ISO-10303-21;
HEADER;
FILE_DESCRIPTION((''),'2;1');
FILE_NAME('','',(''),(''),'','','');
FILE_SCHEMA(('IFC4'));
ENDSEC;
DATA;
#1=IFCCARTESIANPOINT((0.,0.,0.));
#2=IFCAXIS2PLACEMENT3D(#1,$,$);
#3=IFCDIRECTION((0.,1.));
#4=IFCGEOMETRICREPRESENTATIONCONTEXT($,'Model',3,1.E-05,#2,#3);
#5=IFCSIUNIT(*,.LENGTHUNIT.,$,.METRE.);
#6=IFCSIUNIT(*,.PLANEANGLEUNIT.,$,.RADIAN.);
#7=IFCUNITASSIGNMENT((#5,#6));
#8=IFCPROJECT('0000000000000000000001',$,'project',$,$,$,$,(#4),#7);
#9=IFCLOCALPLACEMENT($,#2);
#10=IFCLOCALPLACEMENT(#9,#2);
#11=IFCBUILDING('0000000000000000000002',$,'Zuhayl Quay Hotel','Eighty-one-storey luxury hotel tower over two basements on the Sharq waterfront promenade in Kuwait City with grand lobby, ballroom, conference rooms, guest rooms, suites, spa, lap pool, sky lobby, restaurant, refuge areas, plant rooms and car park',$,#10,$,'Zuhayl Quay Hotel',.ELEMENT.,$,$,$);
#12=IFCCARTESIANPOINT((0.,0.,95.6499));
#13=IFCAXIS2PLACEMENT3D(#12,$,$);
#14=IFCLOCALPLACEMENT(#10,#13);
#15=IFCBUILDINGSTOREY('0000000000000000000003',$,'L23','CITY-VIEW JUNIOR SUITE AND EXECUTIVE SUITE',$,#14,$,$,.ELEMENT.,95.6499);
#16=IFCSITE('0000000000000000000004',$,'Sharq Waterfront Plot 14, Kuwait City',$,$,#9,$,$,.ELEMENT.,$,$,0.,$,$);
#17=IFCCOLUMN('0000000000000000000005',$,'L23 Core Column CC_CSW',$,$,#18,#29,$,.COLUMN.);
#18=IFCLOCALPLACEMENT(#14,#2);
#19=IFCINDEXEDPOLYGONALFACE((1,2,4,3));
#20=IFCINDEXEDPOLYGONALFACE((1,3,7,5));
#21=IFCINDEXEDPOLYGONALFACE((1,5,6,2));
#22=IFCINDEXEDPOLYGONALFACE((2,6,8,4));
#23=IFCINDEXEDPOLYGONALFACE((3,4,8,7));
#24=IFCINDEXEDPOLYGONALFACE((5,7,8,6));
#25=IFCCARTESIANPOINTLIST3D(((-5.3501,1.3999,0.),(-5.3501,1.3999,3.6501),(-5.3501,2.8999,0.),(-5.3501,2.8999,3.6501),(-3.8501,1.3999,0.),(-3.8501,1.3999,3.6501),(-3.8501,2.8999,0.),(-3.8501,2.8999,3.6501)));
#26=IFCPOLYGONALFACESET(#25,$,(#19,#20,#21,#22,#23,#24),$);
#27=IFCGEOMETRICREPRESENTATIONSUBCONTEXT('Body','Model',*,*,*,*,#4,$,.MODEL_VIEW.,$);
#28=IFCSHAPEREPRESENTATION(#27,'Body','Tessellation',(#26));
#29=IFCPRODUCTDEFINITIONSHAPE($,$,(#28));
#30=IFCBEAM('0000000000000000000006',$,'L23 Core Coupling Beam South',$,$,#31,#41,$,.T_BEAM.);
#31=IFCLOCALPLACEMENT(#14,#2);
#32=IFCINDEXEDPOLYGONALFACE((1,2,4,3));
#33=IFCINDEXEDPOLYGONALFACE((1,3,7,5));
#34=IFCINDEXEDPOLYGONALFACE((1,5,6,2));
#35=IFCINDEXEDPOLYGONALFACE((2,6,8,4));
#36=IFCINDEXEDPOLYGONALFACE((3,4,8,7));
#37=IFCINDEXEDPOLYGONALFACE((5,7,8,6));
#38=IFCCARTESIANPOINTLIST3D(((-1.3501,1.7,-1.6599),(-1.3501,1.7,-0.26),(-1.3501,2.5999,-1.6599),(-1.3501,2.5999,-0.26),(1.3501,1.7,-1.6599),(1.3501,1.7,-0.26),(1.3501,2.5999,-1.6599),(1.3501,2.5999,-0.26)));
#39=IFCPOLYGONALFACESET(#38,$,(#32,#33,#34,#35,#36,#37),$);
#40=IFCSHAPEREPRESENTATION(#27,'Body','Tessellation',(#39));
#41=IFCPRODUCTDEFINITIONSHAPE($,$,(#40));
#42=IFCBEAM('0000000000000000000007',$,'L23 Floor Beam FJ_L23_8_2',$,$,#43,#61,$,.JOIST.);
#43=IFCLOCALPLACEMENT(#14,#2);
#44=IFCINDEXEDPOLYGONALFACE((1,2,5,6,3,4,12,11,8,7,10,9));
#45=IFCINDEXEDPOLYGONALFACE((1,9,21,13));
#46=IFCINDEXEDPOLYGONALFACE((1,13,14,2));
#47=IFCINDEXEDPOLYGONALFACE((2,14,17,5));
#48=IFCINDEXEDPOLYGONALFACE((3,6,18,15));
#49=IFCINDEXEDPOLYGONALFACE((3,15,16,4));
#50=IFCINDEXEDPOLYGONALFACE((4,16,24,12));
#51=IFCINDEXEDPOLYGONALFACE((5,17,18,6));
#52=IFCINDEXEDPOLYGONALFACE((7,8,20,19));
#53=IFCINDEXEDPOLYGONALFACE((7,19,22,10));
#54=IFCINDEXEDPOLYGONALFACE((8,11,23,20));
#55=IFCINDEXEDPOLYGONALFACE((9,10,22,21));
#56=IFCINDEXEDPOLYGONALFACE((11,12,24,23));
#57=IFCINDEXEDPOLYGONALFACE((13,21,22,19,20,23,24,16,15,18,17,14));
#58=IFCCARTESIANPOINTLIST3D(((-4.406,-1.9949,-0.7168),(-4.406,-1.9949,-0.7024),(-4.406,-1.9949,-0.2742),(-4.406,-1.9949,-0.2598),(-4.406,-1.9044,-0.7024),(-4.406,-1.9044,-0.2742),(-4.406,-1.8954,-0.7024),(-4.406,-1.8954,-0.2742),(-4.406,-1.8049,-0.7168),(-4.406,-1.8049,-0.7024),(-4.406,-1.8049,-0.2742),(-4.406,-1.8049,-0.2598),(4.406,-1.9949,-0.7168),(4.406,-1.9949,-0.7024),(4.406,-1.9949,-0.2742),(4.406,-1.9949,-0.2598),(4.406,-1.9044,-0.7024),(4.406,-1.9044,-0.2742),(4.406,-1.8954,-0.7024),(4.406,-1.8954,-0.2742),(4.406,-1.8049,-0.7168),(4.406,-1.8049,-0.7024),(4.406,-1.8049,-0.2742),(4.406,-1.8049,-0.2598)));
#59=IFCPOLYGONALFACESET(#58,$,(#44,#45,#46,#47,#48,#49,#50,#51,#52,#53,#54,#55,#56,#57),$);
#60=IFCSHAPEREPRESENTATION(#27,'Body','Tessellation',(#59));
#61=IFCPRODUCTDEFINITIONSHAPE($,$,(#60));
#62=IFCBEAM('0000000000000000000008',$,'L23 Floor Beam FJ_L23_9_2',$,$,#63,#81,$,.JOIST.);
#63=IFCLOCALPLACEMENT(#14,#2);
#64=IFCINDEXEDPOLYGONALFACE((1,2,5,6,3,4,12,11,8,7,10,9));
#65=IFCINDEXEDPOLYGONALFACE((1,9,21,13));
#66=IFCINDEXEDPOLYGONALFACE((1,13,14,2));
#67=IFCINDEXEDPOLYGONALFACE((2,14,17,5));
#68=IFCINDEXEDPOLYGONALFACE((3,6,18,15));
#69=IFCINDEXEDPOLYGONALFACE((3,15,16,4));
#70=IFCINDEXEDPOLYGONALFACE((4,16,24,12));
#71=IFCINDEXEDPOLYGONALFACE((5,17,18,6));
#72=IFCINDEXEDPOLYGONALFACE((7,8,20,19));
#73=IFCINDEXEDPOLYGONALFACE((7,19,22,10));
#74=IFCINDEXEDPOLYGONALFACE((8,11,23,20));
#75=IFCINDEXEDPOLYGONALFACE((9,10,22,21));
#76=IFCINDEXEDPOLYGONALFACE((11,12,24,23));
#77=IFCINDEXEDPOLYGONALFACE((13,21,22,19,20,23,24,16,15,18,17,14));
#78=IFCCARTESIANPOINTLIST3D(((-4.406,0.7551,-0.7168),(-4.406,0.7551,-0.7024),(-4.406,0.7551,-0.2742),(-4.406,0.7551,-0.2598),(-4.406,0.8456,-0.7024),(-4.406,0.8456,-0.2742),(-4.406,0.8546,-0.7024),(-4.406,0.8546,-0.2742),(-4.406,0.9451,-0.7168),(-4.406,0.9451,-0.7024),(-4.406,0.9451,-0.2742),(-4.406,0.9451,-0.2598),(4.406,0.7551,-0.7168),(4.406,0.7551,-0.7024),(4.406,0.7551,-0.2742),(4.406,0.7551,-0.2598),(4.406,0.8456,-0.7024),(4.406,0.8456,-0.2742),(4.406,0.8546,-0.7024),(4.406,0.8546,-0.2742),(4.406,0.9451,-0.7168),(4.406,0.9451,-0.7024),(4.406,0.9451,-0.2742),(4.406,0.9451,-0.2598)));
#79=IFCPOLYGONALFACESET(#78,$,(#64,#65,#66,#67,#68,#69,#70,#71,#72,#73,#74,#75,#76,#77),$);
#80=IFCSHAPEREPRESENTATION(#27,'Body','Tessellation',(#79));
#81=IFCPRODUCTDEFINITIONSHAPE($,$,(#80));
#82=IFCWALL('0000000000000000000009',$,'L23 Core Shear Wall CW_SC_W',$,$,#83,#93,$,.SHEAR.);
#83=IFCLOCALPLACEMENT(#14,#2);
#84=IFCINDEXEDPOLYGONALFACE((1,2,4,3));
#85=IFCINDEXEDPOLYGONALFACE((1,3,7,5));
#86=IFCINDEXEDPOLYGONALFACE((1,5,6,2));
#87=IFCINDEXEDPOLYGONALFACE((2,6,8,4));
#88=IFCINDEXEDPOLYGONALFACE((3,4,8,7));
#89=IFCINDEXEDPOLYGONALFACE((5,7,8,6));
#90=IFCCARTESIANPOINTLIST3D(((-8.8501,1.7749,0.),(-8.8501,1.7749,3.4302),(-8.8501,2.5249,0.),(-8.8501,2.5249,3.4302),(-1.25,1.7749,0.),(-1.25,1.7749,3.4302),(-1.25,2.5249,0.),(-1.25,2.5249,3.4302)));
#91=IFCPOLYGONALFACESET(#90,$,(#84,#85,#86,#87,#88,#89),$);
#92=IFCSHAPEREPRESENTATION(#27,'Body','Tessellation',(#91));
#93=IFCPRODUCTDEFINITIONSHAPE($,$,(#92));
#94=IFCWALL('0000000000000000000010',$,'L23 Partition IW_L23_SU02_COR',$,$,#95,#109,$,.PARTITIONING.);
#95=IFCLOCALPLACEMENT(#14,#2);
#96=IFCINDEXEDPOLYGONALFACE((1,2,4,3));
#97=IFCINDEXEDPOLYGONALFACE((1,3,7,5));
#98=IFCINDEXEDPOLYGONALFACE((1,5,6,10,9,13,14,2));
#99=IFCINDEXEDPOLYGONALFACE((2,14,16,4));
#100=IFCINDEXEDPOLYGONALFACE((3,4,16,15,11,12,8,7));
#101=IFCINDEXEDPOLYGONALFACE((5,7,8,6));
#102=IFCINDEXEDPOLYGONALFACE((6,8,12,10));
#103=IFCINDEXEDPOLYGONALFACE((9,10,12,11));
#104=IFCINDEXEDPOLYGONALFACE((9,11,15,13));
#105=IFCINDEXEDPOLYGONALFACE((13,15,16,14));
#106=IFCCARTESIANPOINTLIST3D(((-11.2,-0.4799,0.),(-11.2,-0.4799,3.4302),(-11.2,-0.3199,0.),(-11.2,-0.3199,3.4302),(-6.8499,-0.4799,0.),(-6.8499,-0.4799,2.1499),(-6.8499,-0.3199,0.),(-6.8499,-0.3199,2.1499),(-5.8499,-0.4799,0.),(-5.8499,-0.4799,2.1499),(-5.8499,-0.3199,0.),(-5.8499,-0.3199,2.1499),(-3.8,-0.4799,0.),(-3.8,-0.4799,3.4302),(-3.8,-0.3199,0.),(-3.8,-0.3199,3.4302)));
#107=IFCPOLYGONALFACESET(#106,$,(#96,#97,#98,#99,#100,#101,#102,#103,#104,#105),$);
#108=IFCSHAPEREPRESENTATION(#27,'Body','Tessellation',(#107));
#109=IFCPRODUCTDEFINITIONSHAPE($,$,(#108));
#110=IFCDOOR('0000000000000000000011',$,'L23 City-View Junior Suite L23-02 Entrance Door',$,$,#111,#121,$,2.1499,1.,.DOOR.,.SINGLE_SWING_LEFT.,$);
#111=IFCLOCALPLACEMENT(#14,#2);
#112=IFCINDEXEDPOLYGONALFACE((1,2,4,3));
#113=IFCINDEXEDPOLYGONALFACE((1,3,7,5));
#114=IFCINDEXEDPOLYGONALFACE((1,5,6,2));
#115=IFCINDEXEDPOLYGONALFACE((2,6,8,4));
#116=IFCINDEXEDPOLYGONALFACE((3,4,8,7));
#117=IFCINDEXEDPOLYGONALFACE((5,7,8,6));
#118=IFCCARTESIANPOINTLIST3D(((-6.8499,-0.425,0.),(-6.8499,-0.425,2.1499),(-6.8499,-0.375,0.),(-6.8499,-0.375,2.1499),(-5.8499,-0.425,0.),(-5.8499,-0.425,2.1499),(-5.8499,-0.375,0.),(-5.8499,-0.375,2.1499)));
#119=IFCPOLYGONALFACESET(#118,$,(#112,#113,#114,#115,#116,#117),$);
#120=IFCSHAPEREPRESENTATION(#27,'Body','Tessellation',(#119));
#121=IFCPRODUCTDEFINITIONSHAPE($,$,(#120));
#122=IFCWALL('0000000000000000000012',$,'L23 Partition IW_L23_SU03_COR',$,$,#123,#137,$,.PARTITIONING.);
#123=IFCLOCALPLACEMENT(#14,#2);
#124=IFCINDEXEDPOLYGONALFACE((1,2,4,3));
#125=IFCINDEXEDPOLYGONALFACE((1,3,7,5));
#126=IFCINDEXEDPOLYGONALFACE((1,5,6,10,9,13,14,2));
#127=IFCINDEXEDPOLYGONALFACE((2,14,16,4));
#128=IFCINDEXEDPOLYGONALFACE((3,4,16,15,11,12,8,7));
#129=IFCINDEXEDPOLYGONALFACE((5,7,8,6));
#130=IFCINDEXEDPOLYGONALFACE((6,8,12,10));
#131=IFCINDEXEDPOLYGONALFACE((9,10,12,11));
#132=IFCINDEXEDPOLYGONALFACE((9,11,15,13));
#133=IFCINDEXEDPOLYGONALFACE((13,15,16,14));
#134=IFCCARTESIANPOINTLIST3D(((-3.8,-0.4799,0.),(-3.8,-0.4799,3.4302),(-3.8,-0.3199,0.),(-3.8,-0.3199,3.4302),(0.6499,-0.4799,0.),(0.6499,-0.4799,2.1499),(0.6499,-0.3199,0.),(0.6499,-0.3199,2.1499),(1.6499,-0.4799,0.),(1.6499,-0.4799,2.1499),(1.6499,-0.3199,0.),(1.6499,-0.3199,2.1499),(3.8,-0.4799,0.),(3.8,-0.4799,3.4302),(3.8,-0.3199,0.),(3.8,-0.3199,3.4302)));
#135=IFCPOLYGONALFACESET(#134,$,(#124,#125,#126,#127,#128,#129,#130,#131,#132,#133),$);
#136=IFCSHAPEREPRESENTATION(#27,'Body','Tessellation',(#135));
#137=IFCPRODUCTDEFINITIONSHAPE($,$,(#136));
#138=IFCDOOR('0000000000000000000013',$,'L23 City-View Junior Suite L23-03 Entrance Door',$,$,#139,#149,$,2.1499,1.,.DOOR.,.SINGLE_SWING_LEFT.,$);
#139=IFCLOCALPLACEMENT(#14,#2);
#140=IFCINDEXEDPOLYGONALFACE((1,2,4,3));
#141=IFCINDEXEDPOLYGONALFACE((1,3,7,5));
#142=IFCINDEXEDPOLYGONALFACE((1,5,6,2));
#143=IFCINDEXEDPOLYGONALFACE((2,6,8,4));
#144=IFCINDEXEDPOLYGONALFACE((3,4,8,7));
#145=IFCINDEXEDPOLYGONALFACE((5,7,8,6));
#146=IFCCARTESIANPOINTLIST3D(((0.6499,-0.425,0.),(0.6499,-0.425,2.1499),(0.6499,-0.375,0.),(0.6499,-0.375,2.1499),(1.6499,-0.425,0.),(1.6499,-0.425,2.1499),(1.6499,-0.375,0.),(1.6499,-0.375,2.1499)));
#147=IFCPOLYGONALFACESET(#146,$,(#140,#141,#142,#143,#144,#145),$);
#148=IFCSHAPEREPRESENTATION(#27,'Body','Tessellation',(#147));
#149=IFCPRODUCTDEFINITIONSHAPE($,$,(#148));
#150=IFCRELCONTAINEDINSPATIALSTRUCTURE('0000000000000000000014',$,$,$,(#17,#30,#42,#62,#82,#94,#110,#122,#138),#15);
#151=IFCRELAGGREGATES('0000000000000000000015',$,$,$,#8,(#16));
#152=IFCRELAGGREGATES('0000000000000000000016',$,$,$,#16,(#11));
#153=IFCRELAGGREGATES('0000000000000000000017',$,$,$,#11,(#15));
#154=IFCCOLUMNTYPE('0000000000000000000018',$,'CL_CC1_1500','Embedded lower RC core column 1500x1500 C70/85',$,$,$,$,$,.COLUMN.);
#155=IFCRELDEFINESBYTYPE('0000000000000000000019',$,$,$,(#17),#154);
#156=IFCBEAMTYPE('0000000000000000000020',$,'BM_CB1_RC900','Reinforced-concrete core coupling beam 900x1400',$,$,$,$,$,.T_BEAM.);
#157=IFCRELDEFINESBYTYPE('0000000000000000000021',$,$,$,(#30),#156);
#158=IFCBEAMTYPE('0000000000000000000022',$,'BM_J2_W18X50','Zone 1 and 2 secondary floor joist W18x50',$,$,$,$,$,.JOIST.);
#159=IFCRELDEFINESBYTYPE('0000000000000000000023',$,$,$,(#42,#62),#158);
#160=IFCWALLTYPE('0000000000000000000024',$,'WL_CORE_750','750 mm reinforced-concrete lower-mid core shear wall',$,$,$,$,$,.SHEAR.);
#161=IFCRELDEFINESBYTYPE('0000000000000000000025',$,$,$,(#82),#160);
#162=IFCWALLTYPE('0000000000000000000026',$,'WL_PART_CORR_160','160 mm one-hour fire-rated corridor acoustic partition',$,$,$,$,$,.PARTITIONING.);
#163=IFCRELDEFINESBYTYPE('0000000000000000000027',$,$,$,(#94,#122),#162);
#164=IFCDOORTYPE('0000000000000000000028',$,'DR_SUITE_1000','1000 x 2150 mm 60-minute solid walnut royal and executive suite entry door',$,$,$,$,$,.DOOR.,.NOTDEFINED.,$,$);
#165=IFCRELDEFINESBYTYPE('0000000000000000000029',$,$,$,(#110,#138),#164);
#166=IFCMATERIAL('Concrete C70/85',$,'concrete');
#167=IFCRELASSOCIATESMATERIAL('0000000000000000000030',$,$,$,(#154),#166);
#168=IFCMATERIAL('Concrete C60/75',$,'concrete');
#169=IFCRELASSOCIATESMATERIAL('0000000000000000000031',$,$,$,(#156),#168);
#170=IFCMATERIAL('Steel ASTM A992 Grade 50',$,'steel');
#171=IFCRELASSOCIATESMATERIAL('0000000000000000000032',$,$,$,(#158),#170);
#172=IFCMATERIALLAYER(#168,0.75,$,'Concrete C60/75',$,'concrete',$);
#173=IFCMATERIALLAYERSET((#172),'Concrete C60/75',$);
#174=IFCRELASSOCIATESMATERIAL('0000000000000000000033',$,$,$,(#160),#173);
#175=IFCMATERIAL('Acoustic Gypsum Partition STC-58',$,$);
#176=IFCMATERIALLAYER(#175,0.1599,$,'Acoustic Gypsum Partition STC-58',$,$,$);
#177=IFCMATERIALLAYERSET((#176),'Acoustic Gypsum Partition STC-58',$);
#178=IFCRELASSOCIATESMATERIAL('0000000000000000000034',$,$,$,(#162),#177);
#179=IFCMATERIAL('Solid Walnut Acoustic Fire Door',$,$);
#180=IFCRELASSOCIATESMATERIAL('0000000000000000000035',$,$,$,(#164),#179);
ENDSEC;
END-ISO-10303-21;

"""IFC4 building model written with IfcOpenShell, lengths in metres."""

from ifc_helpers import new_model, si_unit, direction, frame, frame_2d, origin, origin_2d, place, context, subcontext, project, spatial, rectangle, i_section, extrude, material, layer, layer_set, material_profile, profile_set, type_object, element, fill, save


model = new_model("IFC4")

# Units and contexts
model_context = context("Model", 3, precision=1e-05, world=origin(), true_north=direction((0.0, 1.0)))
body_context = subcontext(model_context, "Body", "Model", "MODEL_VIEW")
ifc_project = project(units=[si_unit("LENGTHUNIT", "METRE"), si_unit("PLANEANGLEUNIT", "RADIAN")], contexts=[model_context])

# Site, building, storey
site_placement = place(None, origin())
site = spatial("IfcSite", under=ifc_project, at=site_placement, Name="Sharq Waterfront Plot 14, Kuwait City", CompositionType="ELEMENT", RefElevation=0.0)
building_placement = place(site_placement, origin())
building = spatial("IfcBuilding", under=site, at=building_placement, Name="Zuhayl Quay Hotel", Description="Eighty-one-storey luxury hotel tower over two basements on the Sharq waterfront promenade in Kuwait City with grand lobby, ballroom, conference rooms, guest rooms, suites, spa, lap pool, sky lobby, restaurant, refuge areas, plant rooms and car park", LongName="Zuhayl Quay Hotel", CompositionType="ELEMENT")
storey_placement = place(building_placement, frame((0.0, 0.0, 95.6499)))
storey = spatial("IfcBuildingStorey", under=building, at=storey_placement, Name="L23", Description="CITY-VIEW JUNIOR SUITE AND EXECUTIVE SUITE", CompositionType="ELEMENT", Elevation=95.6499)

# Column
ifc_material_1 = material(Name="Concrete C70/85", Category="concrete")
ifc_material_profile_1 = material_profile(ifc_material_1, rectangle(XDim=1.5, YDim=1.5, at=origin_2d()), Name="RC1500X1500")
ifc_profile_set_1 = profile_set([ifc_material_profile_1], Name="Concrete C70/85")
column_type = type_object("IfcColumnType", Name="CL_CC1_1500", Description="Embedded lower RC core column 1500x1500 C70/85", PredefinedType="COLUMN", material=ifc_profile_set_1)
column_placement = place(storey_placement, frame((-4.6001, 2.1499, 0.0), z_axis=(0.0, 0.0, 1.0), x_axis=(1.0, 0.0, 0.0)))
element("IfcColumn", 1, at=column_placement, inside=storey, type_object=column_type, Name="L23 Core Column CC_CSW", PredefinedType="COLUMN", context=body_context, shape_type="SweptSolid", body=[
    extrude(rectangle(XDim=1.5, YDim=1.5, at=origin_2d()), origin(), (0.0, 0.0, 1.0), 3.6501),
])

# Beams
ifc_material_2 = material(Name="Concrete C60/75", Category="concrete")
ifc_material_profile_2 = material_profile(ifc_material_2, rectangle(XDim=0.8999, YDim=1.3999, at=origin_2d()), Name="RC900X1400")
ifc_profile_set_2 = profile_set([ifc_material_profile_2], Name="Concrete C60/75")
beam_type_1 = type_object("IfcBeamType", Name="BM_CB1_RC900", Description="Reinforced-concrete core coupling beam 900x1400", PredefinedType="T_BEAM", material=ifc_profile_set_2)
beam_placement = place(storey_placement, frame((-1.3501, 2.1499, -0.96), z_axis=(1.0, 0.0, 0.0), x_axis=(0.0, 1.0, 0.0)))
element("IfcBeam", 2, at=beam_placement, inside=storey, type_object=beam_type_1, Name="L23 Core Coupling Beam South", PredefinedType="T_BEAM", context=body_context, shape_type="SweptSolid", body=[
    extrude(rectangle(XDim=0.8999, YDim=1.3999, at=origin_2d()), origin(), (0.0, 0.0, 1.0), 2.7002),
])
ifc_material_3 = material(Name="Steel ASTM A992 Grade 50", Category="steel")
ifc_material_profile_3 = material_profile(ifc_material_3, i_section(OverallWidth=0.1899, OverallDepth=0.457, WebThickness=0.009, FlangeThickness=0.0144, at=origin_2d()), Name="W18X50")
ifc_profile_set_3 = profile_set([ifc_material_profile_3], Name="Steel ASTM A992 Grade 50")
beam_type_2 = type_object("IfcBeamType", Name="BM_J2_W18X50", Description="Zone 1 and 2 secondary floor joist W18x50", PredefinedType="JOIST", material=ifc_profile_set_3)
for number, where, z_axis, x_axis, name in (
    (3, (-4.406, -1.8999, -0.4883), (1.0, 0.0, 0.0), (0.0, 1.0, 0.0), "L23 Floor Beam FJ_L23_8_2"),
    (4, (-4.406, 0.8501, -0.4883), (1.0, 0.0, 0.0), (0.0, 1.0, 0.0), "L23 Floor Beam FJ_L23_9_2"),
):
    element("IfcBeam", number, at=place(storey_placement, frame(where, z_axis=z_axis, x_axis=x_axis)), inside=storey, type_object=beam_type_2, Name=name, PredefinedType="JOIST", context=body_context, shape_type="SweptSolid", body=[
        extrude(i_section(OverallWidth=0.1899, OverallDepth=0.457, WebThickness=0.009, FlangeThickness=0.0144, at=origin_2d()), origin(), (0.0, 0.0, 1.0), 8.812),
    ])

# Wall
ifc_layer_1 = layer(ifc_material_2, 0.75, Name="Concrete C60/75", Category="concrete")
ifc_layer_set_1 = layer_set([ifc_layer_1], Name="Concrete C60/75")
wall_type_1 = type_object("IfcWallType", Name="WL_CORE_750", Description="750 mm reinforced-concrete lower-mid core shear wall", PredefinedType="SHEAR", material=ifc_layer_set_1)
wall_1_placement = place(storey_placement, frame((-8.8501, 2.1499, 0.0), z_axis=(0.0, 0.0, 1.0), x_axis=(1.0, 0.0, 0.0)))
element("IfcWall", 5, at=wall_1_placement, inside=storey, type_object=wall_type_1, Name="L23 Core Shear Wall CW_SC_W", PredefinedType="SHEAR", context=body_context, shape_type="SweptSolid", body=[
    extrude(rectangle(XDim=7.6001, YDim=0.75, at=frame_2d((3.8, 0.0))), origin(), (0.0, 0.0, 1.0), 3.4302),
])

# Walls, openings, doors
ifc_material_4 = material(Name="Acoustic Gypsum Partition STC-58")
ifc_layer_2 = layer(ifc_material_4, 0.1599, Name="Acoustic Gypsum Partition STC-58")
ifc_layer_set_2 = layer_set([ifc_layer_2], Name="Acoustic Gypsum Partition STC-58")
wall_type_2 = type_object("IfcWallType", Name="WL_PART_CORR_160", Description="160 mm one-hour fire-rated corridor acoustic partition", PredefinedType="PARTITIONING", material=ifc_layer_set_2)
wall_2_placement = place(storey_placement, frame((-11.2, -0.3999, 0.0), z_axis=(0.0, 0.0, 1.0), x_axis=(1.0, 0.0, 0.0)))
wall_2 = element("IfcWall", 6, at=wall_2_placement, inside=storey, type_object=wall_type_2, Name="L23 Partition IW_L23_SU02_COR", PredefinedType="PARTITIONING", context=body_context, shape_type="SweptSolid", body=[
    extrude(rectangle(XDim=7.3999, YDim=0.1599, at=frame_2d((3.7, 0.0))), origin(), (0.0, 0.0, 1.0), 3.4302),
])
opening_1_placement = place(wall_2_placement, frame((4.3501, 0.0, 0.0)))
opening_1 = element("IfcOpeningElement", 7, at=opening_1_placement, cuts=wall_2, PredefinedType="OPENING", context=body_context, shape_type="SweptSolid", body=[
    extrude(rectangle(XDim=1.0, YDim=2.1499, at=frame_2d((0.5, 1.075))), frame((0.0, 0.0898, 0.0), z_axis=(0.0, -1.0, 0.0), x_axis=(1.0, 0.0, 0.0)), (0.0, 0.0, 1.0), 0.1799),
])
ifc_material_5 = material(Name="Solid Walnut Acoustic Fire Door")
door_type_1 = type_object("IfcDoorType", Name="DR_SUITE_1000", Description="1000 x 2150 mm 60-minute solid walnut royal and executive suite entry door", OperationType="NOTDEFINED", PredefinedType="DOOR", material=ifc_material_5)
door_1_placement = place(opening_1_placement, origin())
door_1 = element("IfcDoor", 8, at=door_1_placement, inside=storey, type_object=door_type_1, Name="L23 City-View Junior Suite L23-02 Entrance Door", OperationType="SINGLE_SWING_LEFT", OverallHeight=2.1499, OverallWidth=1.0, PredefinedType="DOOR", context=body_context, shape_type="SweptSolid", body=[
    extrude(rectangle(XDim=1.0, YDim=2.1499, at=frame_2d((0.5, 1.075))), frame((0.0, 0.0249, 0.0), z_axis=(0.0, -1.0, 0.0), x_axis=(1.0, 0.0, 0.0)), (0.0, 0.0, 1.0), 0.05),
])
fill(opening_1, door_1)
wall_3_placement = place(storey_placement, frame((-3.8, -0.3999, 0.0), z_axis=(0.0, 0.0, 1.0), x_axis=(1.0, 0.0, 0.0)))
wall_3 = element("IfcWall", 9, at=wall_3_placement, inside=storey, type_object=wall_type_2, Name="L23 Partition IW_L23_SU03_COR", PredefinedType="PARTITIONING", context=body_context, shape_type="SweptSolid", body=[
    extrude(rectangle(XDim=7.6001, YDim=0.1599, at=frame_2d((3.8, 0.0))), origin(), (0.0, 0.0, 1.0), 3.4302),
])
opening_2_placement = place(wall_3_placement, frame((4.45, 0.0, 0.0)))
opening_2 = element("IfcOpeningElement", 10, at=opening_2_placement, cuts=wall_3, PredefinedType="OPENING", context=body_context, shape_type="SweptSolid", body=[
    extrude(rectangle(XDim=1.0, YDim=2.1499, at=frame_2d((0.5, 1.075))), frame((0.0, 0.0898, 0.0), z_axis=(0.0, -1.0, 0.0), x_axis=(1.0, 0.0, 0.0)), (0.0, 0.0, 1.0), 0.1799),
])
door_2_placement = place(opening_2_placement, origin())
door_2 = element("IfcDoor", 11, at=door_2_placement, inside=storey, type_object=door_type_1, Name="L23 City-View Junior Suite L23-03 Entrance Door", OperationType="SINGLE_SWING_LEFT", OverallHeight=2.1499, OverallWidth=1.0, PredefinedType="DOOR", context=body_context, shape_type="SweptSolid", body=[
    extrude(rectangle(XDim=1.0, YDim=2.1499, at=frame_2d((0.5, 1.075))), frame((0.0, 0.0249, 0.0), z_axis=(0.0, -1.0, 0.0), x_axis=(1.0, 0.0, 0.0)), (0.0, 0.0, 1.0), 0.05),
])
fill(opening_2, door_2)

save(model, "model.ifc")
